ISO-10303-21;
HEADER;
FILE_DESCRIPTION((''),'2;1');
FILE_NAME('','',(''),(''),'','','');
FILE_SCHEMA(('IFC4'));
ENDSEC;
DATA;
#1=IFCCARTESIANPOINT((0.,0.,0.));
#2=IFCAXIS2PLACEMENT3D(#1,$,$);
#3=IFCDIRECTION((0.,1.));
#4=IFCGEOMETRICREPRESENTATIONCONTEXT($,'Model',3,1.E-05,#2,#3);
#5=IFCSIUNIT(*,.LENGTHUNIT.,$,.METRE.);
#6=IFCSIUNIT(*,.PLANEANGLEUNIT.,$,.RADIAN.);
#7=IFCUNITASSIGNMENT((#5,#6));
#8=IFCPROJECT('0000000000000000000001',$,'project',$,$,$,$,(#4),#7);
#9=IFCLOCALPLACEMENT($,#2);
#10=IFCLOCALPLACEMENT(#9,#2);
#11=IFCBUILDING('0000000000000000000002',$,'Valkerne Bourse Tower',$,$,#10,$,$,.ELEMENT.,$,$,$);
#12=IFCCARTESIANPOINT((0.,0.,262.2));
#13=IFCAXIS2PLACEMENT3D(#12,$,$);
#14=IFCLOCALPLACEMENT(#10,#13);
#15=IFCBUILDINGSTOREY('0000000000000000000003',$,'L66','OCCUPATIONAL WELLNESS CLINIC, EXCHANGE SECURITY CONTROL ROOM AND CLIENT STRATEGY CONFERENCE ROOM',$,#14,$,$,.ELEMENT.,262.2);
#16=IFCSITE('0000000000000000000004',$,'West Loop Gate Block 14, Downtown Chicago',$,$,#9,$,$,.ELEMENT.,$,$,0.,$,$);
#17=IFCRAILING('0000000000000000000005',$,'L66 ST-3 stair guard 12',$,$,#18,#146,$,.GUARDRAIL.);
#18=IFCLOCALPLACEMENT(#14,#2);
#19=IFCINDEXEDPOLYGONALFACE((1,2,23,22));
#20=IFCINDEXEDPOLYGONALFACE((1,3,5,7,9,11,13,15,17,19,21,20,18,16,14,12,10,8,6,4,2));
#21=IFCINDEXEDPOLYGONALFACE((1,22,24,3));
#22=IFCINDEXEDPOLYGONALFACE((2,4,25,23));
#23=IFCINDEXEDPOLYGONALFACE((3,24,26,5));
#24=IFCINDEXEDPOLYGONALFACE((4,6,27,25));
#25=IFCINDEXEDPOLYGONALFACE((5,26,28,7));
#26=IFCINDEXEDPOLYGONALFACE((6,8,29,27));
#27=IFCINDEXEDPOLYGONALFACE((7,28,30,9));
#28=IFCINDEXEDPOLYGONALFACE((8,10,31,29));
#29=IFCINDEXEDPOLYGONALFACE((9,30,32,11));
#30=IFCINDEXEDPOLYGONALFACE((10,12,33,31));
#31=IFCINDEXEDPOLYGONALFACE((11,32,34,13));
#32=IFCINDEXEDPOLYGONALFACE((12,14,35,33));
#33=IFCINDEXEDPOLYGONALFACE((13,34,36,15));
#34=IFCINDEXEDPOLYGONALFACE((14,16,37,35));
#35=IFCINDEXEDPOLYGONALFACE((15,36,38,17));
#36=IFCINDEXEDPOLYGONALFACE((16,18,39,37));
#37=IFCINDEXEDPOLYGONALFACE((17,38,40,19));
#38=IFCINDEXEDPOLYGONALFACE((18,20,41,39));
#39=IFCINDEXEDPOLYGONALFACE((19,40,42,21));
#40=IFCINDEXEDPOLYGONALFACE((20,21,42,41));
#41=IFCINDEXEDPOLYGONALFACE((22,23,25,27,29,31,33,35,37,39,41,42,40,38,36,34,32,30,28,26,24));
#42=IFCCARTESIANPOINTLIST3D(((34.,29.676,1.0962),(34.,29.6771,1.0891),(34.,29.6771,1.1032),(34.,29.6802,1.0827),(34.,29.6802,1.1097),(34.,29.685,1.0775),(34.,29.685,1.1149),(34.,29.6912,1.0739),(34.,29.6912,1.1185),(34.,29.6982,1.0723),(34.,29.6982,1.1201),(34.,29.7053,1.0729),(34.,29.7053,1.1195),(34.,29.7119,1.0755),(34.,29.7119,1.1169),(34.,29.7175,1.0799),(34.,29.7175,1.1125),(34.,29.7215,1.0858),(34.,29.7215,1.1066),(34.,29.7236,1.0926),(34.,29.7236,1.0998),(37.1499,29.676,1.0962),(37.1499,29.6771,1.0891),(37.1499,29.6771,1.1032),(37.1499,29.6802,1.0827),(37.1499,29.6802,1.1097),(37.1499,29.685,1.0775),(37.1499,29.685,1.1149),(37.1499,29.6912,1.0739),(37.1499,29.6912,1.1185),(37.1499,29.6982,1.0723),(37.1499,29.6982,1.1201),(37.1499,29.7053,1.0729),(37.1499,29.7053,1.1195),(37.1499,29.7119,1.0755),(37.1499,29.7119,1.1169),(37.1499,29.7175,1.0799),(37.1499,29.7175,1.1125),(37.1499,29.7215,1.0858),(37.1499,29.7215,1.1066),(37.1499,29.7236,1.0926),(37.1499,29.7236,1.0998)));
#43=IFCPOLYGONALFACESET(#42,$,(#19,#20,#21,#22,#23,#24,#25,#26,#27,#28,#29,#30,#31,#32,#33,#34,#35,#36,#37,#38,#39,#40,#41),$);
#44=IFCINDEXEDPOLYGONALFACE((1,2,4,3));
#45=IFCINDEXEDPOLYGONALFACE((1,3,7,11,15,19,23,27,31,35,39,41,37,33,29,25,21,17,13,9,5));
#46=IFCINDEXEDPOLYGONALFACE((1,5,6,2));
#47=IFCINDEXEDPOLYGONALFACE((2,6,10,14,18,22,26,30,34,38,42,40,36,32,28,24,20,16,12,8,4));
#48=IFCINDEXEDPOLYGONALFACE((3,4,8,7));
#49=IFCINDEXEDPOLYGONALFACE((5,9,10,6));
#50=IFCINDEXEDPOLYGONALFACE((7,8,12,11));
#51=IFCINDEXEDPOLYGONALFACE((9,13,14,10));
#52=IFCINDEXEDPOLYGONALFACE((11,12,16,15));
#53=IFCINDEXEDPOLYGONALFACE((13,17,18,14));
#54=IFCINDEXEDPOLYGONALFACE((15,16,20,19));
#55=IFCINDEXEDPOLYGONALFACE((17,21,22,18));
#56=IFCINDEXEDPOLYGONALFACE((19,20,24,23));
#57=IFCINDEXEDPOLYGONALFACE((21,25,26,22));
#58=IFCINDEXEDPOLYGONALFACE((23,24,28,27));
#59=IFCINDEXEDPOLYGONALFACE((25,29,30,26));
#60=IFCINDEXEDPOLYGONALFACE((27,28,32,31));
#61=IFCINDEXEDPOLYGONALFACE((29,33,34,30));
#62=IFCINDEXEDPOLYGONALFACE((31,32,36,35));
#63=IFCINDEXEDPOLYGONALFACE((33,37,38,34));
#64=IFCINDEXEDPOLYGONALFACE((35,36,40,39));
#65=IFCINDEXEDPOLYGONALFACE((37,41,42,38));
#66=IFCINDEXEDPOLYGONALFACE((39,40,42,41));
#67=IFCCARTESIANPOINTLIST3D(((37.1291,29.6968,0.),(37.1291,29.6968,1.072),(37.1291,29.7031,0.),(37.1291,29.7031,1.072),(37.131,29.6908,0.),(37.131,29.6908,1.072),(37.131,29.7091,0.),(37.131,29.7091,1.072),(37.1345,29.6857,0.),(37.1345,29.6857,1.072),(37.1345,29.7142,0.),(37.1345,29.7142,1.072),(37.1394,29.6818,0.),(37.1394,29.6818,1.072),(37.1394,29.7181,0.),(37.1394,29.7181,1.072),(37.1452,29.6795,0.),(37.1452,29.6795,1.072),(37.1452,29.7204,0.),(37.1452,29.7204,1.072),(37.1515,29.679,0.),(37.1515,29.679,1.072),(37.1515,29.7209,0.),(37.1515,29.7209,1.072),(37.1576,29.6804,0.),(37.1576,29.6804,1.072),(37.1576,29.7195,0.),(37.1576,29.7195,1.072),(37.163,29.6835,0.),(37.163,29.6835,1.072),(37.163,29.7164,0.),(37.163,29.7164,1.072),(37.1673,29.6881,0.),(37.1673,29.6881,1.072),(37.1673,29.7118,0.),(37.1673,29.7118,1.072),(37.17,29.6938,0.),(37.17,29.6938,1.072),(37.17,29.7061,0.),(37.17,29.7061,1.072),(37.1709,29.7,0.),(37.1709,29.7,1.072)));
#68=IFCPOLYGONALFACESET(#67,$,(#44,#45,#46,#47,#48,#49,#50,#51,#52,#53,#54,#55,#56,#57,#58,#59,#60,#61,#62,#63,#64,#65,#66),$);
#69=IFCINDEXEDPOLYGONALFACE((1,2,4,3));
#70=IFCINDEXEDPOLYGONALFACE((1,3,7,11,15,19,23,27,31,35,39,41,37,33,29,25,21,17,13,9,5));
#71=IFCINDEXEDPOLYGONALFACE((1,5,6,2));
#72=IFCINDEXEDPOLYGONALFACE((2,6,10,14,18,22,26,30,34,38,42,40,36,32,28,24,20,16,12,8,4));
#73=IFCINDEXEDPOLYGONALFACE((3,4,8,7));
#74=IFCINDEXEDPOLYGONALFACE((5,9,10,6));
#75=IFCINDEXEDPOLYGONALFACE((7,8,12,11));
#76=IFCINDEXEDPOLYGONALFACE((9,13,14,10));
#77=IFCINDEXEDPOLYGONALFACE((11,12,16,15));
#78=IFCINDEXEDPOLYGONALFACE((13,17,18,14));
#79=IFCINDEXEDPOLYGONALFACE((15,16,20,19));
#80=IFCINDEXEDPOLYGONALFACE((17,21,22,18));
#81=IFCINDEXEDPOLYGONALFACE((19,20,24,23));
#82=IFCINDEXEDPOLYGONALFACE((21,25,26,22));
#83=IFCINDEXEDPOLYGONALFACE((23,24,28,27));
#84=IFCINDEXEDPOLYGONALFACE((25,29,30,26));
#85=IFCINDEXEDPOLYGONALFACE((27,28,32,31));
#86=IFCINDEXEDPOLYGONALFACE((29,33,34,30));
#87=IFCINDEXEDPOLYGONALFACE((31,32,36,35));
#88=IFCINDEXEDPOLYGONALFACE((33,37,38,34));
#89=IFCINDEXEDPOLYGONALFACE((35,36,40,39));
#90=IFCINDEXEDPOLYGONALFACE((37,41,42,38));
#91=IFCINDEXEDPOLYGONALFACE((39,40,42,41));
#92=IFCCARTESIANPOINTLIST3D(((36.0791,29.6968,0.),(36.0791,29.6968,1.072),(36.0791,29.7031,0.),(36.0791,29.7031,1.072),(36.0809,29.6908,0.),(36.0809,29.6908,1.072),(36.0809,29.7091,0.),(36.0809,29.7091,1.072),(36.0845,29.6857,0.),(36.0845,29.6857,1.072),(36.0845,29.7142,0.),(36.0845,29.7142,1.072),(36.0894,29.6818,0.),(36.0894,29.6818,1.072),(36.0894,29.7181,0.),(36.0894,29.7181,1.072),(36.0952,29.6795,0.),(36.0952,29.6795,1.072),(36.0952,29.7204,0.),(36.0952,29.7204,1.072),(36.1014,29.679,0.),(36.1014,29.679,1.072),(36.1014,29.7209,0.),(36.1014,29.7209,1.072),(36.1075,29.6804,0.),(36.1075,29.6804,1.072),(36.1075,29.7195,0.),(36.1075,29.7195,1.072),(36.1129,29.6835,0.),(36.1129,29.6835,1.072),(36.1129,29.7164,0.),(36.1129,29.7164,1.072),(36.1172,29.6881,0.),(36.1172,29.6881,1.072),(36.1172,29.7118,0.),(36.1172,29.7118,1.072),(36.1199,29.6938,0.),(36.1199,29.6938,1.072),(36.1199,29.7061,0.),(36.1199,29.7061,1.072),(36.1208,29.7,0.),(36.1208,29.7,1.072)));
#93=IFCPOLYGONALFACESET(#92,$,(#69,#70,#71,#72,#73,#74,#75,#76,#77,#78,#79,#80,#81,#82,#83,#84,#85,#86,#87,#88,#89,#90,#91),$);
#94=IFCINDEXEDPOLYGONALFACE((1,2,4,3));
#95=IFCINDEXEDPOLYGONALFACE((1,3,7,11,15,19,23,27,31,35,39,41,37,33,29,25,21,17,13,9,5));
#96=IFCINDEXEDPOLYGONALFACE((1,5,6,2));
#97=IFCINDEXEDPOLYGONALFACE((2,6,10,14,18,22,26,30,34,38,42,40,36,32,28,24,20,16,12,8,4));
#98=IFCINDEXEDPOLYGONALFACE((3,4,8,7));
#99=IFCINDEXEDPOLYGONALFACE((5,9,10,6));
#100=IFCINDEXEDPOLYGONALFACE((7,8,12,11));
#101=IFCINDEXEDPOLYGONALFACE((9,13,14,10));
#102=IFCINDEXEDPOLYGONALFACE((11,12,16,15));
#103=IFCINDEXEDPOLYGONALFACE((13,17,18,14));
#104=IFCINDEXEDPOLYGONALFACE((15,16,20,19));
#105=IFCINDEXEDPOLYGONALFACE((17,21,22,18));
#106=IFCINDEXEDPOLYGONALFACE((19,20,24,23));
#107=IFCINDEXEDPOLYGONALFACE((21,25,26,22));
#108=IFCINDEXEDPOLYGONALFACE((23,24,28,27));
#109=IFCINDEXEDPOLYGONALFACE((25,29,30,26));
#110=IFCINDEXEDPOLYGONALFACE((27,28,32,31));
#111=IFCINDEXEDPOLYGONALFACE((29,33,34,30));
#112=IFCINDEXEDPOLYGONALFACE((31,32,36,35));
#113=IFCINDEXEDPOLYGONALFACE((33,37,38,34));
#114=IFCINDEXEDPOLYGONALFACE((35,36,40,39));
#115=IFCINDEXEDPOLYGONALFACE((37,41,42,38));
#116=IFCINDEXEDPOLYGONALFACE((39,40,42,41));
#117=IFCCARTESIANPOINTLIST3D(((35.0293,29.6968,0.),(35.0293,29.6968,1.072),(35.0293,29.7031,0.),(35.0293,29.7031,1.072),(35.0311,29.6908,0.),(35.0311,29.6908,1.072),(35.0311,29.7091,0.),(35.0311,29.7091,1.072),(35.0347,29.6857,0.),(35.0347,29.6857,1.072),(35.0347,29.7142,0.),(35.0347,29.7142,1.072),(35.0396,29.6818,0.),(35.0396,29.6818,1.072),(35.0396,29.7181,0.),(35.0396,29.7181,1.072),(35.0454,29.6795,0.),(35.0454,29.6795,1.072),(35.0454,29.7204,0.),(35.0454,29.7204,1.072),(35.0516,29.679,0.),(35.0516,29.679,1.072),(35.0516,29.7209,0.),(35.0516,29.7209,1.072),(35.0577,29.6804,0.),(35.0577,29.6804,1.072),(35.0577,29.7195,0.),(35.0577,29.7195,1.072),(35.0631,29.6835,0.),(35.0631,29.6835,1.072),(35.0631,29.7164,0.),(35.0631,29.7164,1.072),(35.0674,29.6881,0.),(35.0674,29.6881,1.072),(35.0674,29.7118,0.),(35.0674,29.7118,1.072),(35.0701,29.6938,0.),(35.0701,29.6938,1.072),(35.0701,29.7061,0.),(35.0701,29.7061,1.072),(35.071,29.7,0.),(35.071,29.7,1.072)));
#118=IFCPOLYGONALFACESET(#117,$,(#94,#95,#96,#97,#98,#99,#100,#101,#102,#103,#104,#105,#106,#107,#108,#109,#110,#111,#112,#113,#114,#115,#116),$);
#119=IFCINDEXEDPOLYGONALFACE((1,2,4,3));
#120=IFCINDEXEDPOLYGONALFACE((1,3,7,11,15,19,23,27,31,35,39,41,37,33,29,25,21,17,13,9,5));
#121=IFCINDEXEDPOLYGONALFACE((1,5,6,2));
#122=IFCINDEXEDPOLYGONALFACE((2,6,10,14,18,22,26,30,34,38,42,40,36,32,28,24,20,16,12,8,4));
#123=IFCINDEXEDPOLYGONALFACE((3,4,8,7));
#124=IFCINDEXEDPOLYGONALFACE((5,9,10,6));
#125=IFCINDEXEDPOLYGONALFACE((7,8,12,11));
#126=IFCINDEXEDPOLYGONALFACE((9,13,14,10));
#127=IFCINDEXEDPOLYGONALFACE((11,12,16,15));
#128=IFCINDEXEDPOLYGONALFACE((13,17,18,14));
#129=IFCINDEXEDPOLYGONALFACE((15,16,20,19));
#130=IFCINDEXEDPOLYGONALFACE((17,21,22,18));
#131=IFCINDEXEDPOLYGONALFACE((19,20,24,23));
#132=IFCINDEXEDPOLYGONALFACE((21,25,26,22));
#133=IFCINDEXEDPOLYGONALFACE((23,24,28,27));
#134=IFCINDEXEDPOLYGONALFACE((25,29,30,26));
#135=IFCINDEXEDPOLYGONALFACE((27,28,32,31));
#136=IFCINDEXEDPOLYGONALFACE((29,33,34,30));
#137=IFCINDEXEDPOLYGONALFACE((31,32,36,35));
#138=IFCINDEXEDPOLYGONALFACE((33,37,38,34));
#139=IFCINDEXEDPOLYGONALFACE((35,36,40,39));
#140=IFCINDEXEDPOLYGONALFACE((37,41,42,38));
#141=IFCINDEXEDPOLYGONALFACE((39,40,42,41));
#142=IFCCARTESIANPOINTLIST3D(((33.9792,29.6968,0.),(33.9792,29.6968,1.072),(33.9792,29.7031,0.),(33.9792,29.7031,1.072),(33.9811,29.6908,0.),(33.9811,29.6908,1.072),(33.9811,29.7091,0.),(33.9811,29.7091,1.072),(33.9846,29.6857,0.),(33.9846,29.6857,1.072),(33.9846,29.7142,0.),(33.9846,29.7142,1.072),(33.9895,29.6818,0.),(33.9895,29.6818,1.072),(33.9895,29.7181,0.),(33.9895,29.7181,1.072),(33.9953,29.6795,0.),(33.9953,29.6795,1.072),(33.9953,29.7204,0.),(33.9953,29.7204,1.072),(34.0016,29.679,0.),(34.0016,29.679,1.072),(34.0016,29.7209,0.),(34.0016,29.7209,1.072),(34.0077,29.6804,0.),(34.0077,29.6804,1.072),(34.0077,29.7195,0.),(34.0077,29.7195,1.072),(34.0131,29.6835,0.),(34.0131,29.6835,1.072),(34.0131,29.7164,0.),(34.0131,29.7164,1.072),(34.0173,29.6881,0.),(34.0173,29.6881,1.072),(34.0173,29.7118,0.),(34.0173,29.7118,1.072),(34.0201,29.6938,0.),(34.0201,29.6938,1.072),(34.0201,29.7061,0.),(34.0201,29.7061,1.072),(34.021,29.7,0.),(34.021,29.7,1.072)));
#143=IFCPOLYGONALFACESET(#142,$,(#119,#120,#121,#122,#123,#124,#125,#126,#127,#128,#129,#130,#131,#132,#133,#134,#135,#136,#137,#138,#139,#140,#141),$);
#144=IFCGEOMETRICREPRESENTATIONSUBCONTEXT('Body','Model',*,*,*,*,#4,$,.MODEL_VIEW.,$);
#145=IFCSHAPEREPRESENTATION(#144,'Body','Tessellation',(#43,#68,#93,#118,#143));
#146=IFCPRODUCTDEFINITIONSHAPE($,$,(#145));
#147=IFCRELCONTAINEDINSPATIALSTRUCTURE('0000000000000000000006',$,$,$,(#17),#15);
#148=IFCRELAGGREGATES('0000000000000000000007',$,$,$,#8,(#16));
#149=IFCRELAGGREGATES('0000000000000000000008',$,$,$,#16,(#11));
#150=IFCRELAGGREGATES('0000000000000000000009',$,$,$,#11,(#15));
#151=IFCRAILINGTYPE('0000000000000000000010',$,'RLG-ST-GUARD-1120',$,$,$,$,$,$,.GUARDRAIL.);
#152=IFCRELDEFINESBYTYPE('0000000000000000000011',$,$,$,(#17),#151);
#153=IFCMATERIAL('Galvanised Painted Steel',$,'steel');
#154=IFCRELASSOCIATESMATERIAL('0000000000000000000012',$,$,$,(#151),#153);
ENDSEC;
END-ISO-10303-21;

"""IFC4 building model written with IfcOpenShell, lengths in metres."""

from ifc_helpers import new_model, si_unit, direction, frame, origin, origin_2d, place, context, subcontext, project, spatial, circle, extrude, material, type_object, element, save


model = new_model("IFC4")

# Units and contexts
model_context = context("Model", 3, precision=1e-05, world=origin(), true_north=direction((0.0, 1.0)))
body_context = subcontext(model_context, "Body", "Model", "MODEL_VIEW")
ifc_project = project(units=[si_unit("LENGTHUNIT", "METRE"), si_unit("PLANEANGLEUNIT", "RADIAN")], contexts=[model_context])

# Site, building, storey
site_placement = place(None, origin())
site = spatial("IfcSite", under=ifc_project, at=site_placement, Name="West Loop Gate Block 14, Downtown Chicago", CompositionType="ELEMENT", RefElevation=0.0)
building_placement = place(site_placement, origin())
building = spatial("IfcBuilding", under=site, at=building_placement, Name="Valkerne Bourse Tower", CompositionType="ELEMENT")
storey_placement = place(building_placement, frame((0.0, 0.0, 262.2)))
storey = spatial("IfcBuildingStorey", under=building, at=storey_placement, Name="L66", Description="OCCUPATIONAL WELLNESS CLINIC, EXCHANGE SECURITY CONTROL ROOM AND CLIENT STRATEGY CONFERENCE ROOM", CompositionType="ELEMENT", Elevation=262.2)

# Railing
ifc_material_1 = material(Name="Galvanised Painted Steel", Category="steel")
railing_type_1 = type_object("IfcRailingType", Name="RLG-ST-GUARD-1120", PredefinedType="GUARDRAIL", material=ifc_material_1)
railing_1_placement = place(storey_placement, frame((37.1499, 29.7, 0.0)))
element("IfcRailing", 1, at=railing_1_placement, inside=storey, type_object=railing_type_1, Name="L66 ST-3 stair guard 12", PredefinedType="GUARDRAIL", context=body_context, shape_type="SweptSolid", body=[
    extrude(circle(Radius=0.0239, at=origin_2d()), frame((0.0, 0.0, 1.0962), z_axis=(-1.0, 0.0, 0.0), x_axis=(0.0, -1.0, 0.0)), (0.0, 0.0, 1.0), 3.1499),
    extrude(circle(Radius=0.021, at=origin_2d()), origin(), (0.0, 0.0, 1.0), 1.072),
    extrude(circle(Radius=0.021, at=origin_2d()), frame((-1.05, 0.0, 0.0)), (0.0, 0.0, 1.0), 1.072),
    extrude(circle(Radius=0.021, at=origin_2d()), frame((-2.0999, 0.0, 0.0)), (0.0, 0.0, 1.0), 1.072),
    extrude(circle(Radius=0.021, at=origin_2d()), frame((-3.1499, 0.0, 0.0)), (0.0, 0.0, 1.0), 1.072),
])

save(model, "model.ifc")
